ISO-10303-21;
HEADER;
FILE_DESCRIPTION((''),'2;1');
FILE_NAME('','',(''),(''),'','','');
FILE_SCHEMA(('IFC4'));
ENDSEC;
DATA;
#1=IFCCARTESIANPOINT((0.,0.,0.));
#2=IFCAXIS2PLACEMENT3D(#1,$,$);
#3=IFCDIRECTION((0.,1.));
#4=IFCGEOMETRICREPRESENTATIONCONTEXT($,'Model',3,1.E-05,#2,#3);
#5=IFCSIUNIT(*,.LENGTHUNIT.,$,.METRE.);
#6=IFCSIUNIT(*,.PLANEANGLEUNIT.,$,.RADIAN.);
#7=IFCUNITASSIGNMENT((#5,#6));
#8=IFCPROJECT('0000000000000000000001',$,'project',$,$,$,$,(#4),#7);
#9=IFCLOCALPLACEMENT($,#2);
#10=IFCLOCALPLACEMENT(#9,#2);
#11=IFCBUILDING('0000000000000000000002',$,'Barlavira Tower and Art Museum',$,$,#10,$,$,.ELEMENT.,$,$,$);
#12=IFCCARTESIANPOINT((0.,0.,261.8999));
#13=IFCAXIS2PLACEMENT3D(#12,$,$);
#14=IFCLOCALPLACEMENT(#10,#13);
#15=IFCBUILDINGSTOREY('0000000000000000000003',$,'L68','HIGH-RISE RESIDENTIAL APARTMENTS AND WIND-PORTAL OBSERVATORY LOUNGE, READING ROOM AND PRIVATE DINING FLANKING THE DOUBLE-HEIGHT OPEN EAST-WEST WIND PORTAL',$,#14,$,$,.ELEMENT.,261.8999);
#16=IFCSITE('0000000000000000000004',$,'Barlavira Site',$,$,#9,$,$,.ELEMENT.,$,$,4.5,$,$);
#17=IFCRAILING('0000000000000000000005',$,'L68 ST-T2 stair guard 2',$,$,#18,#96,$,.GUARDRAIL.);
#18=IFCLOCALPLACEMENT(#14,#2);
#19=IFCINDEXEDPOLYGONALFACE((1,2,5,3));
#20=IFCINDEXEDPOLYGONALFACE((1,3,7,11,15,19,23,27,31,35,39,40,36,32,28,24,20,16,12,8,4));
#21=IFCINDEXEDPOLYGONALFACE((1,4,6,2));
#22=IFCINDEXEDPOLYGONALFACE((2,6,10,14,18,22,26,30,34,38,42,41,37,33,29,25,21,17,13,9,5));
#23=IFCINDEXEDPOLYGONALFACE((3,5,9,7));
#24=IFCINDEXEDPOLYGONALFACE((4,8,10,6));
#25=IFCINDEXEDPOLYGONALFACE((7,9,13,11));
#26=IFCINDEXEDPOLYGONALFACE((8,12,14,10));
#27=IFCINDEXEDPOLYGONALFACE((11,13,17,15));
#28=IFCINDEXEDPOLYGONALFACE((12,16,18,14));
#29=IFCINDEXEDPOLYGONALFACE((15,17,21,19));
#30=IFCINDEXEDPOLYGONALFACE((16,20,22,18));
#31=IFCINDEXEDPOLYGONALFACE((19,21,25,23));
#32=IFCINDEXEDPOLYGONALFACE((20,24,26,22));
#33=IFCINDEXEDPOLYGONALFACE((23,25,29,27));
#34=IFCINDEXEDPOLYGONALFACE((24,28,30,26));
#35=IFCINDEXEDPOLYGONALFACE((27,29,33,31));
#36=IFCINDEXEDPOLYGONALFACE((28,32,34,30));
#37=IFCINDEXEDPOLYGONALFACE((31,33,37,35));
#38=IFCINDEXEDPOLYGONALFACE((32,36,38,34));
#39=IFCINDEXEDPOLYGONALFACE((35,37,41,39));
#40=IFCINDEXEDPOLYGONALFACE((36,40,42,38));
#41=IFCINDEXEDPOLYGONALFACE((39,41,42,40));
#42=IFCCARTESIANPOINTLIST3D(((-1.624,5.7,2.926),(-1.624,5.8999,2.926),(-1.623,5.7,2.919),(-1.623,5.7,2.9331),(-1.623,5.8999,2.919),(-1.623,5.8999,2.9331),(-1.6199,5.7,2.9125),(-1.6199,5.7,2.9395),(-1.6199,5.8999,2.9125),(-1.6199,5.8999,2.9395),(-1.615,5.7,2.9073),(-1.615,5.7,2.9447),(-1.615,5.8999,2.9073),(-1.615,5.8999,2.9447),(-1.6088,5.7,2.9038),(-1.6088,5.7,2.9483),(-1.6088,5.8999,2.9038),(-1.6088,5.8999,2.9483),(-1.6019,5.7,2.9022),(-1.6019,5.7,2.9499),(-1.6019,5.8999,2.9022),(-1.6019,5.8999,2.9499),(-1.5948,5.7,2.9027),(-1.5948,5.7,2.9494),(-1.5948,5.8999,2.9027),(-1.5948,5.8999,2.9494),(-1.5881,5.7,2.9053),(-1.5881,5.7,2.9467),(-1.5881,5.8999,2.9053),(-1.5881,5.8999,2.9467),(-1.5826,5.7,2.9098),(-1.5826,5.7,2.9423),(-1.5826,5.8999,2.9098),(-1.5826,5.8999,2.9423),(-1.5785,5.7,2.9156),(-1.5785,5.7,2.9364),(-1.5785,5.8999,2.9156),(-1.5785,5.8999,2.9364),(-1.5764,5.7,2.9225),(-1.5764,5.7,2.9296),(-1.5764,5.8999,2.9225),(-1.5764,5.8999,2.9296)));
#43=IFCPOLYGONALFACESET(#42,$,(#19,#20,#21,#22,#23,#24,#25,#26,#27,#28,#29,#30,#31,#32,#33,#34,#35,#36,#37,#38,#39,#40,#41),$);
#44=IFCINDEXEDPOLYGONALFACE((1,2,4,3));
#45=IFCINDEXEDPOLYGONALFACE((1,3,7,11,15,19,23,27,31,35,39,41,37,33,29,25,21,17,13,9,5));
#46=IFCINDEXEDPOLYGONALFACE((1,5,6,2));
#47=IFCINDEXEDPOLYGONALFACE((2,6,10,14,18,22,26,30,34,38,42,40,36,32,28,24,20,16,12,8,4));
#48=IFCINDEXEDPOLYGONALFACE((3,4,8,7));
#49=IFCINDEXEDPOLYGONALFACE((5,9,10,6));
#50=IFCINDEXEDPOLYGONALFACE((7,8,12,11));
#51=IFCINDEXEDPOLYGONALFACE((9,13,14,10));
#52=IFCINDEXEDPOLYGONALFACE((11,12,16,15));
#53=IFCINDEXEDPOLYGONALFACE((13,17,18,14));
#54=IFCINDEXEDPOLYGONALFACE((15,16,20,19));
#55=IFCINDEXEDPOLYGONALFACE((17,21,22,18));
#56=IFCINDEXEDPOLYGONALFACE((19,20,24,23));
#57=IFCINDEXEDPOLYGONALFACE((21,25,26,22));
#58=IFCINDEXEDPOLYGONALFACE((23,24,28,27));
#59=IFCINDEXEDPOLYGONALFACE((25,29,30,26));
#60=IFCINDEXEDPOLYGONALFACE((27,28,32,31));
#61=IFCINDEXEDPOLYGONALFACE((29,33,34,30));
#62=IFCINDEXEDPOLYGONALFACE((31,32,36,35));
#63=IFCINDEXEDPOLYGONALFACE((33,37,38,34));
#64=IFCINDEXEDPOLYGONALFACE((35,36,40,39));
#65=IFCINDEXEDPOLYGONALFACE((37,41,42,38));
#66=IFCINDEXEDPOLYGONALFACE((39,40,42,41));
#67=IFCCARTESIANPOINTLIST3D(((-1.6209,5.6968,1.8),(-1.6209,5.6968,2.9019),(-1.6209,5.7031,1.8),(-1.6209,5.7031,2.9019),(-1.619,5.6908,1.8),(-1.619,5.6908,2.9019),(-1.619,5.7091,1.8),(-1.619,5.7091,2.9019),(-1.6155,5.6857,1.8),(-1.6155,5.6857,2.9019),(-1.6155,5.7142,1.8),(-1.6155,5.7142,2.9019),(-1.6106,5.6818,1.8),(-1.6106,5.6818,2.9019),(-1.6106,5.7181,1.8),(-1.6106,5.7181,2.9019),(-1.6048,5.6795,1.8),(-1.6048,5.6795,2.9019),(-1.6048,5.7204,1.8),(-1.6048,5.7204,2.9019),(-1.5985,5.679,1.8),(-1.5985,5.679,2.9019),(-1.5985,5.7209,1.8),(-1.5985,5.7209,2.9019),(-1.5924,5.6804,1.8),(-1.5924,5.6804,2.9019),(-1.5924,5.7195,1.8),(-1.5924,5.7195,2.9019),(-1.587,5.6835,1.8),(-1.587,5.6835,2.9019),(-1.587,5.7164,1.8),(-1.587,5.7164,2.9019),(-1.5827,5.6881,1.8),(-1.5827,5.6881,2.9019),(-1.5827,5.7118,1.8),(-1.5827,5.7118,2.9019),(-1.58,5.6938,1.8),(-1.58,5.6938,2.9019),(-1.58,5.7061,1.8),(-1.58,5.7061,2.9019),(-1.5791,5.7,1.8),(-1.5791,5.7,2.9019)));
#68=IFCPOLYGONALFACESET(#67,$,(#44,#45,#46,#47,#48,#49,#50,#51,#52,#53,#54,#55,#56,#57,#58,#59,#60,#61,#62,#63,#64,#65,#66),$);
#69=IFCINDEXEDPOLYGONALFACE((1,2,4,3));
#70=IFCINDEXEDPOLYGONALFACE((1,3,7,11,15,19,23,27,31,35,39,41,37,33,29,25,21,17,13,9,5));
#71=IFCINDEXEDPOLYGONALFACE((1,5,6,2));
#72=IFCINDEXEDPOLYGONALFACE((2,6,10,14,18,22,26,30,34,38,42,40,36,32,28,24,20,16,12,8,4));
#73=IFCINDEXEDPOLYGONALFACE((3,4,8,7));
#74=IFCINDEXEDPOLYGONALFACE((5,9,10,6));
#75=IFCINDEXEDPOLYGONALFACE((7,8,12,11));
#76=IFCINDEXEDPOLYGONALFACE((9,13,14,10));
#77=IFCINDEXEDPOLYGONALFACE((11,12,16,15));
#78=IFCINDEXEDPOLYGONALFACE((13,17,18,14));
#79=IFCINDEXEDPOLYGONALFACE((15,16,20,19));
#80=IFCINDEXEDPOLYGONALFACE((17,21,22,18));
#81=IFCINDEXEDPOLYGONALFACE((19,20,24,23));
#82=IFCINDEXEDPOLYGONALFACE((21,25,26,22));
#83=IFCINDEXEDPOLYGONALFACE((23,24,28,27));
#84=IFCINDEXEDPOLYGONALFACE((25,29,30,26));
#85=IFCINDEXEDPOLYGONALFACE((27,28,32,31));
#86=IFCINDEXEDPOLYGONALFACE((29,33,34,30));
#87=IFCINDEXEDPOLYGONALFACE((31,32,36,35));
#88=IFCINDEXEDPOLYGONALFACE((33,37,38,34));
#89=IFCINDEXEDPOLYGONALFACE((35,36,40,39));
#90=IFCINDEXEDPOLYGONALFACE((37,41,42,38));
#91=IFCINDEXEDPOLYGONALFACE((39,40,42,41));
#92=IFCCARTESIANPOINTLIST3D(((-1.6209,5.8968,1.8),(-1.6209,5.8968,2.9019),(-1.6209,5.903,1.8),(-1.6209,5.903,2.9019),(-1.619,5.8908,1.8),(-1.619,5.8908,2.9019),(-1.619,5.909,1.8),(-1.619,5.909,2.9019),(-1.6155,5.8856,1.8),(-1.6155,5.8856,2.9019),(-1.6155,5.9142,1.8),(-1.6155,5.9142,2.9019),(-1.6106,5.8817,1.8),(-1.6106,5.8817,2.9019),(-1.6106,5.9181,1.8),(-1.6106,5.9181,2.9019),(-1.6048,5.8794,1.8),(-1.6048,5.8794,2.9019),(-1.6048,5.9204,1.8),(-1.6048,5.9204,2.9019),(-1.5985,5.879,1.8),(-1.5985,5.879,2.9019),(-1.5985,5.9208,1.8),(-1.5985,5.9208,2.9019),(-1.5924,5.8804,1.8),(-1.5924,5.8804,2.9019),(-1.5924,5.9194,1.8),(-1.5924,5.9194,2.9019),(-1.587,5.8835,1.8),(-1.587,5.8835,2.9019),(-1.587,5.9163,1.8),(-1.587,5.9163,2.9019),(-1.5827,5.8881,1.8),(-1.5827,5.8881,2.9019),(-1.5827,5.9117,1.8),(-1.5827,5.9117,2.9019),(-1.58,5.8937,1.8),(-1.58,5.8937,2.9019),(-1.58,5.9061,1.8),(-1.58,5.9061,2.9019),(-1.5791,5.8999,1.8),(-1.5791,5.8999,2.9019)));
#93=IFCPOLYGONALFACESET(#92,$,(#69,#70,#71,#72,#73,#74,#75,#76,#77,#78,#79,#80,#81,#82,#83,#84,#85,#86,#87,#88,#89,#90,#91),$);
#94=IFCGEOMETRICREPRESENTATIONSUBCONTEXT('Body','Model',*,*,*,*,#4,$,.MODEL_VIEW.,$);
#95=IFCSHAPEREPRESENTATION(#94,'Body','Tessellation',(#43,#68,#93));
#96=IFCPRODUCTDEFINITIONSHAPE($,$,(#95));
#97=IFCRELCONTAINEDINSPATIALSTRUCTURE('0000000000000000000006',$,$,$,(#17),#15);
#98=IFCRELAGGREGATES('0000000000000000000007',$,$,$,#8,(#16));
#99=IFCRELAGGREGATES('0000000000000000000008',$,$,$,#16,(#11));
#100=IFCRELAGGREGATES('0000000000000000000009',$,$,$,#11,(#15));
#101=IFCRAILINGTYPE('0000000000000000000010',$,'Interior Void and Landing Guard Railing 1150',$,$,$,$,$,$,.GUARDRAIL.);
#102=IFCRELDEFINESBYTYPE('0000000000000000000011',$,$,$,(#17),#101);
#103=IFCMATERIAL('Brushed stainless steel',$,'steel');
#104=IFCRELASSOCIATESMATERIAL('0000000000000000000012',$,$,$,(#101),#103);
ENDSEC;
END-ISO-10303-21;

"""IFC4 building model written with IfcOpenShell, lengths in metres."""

from ifc_helpers import new_model, si_unit, direction, frame, origin, origin_2d, place, context, subcontext, project, spatial, circle, extrude, material, type_object, element, save


model = new_model("IFC4")

# Units and contexts
model_context = context("Model", 3, precision=1e-05, world=origin(), true_north=direction((0.0, 1.0)))
body_context = subcontext(model_context, "Body", "Model", "MODEL_VIEW")
ifc_project = project(units=[si_unit("LENGTHUNIT", "METRE"), si_unit("PLANEANGLEUNIT", "RADIAN")], contexts=[model_context])

# Site, building, storey
site_placement = place(None, origin())
site = spatial("IfcSite", under=ifc_project, at=site_placement, Name="Barlavira Site", CompositionType="ELEMENT", RefElevation=4.5)
building_placement = place(site_placement, origin())
building = spatial("IfcBuilding", under=site, at=building_placement, Name="Barlavira Tower and Art Museum", CompositionType="ELEMENT")
storey_placement = place(building_placement, frame((0.0, 0.0, 261.8999)))
storey = spatial("IfcBuildingStorey", under=building, at=storey_placement, Name="L68", Description="HIGH-RISE RESIDENTIAL APARTMENTS AND WIND-PORTAL OBSERVATORY LOUNGE, READING ROOM AND PRIVATE DINING FLANKING THE DOUBLE-HEIGHT OPEN EAST-WEST WIND PORTAL", CompositionType="ELEMENT", Elevation=261.8999)

# Railing
ifc_material_1 = material(Name="Brushed stainless steel", Category="steel")
railing_type = type_object("IfcRailingType", Name="Interior Void and Landing Guard Railing 1150", PredefinedType="GUARDRAIL", material=ifc_material_1)
railing_placement = place(storey_placement, frame((-1.6001, 5.7, 1.8)))
element("IfcRailing", 1, at=railing_placement, inside=storey, type_object=railing_type, Name="L68 ST-T2 stair guard 2", PredefinedType="GUARDRAIL", context=body_context, shape_type="SweptSolid", body=[
    extrude(circle(Radius=0.0239, at=origin_2d()), frame((0.0, 0.0, 1.126), z_axis=(0.0, 1.0, 0.0), x_axis=(-1.0, 0.0, 0.0)), (0.0, 0.0, 1.0), 0.2),
    extrude(circle(Radius=0.021, at=origin_2d()), origin(), (0.0, 0.0, 1.0), 1.1018),
    extrude(circle(Radius=0.021, at=origin_2d()), frame((0.0, 0.2, 0.0)), (0.0, 0.0, 1.0), 1.1018),
])

save(model, "model.ifc")
